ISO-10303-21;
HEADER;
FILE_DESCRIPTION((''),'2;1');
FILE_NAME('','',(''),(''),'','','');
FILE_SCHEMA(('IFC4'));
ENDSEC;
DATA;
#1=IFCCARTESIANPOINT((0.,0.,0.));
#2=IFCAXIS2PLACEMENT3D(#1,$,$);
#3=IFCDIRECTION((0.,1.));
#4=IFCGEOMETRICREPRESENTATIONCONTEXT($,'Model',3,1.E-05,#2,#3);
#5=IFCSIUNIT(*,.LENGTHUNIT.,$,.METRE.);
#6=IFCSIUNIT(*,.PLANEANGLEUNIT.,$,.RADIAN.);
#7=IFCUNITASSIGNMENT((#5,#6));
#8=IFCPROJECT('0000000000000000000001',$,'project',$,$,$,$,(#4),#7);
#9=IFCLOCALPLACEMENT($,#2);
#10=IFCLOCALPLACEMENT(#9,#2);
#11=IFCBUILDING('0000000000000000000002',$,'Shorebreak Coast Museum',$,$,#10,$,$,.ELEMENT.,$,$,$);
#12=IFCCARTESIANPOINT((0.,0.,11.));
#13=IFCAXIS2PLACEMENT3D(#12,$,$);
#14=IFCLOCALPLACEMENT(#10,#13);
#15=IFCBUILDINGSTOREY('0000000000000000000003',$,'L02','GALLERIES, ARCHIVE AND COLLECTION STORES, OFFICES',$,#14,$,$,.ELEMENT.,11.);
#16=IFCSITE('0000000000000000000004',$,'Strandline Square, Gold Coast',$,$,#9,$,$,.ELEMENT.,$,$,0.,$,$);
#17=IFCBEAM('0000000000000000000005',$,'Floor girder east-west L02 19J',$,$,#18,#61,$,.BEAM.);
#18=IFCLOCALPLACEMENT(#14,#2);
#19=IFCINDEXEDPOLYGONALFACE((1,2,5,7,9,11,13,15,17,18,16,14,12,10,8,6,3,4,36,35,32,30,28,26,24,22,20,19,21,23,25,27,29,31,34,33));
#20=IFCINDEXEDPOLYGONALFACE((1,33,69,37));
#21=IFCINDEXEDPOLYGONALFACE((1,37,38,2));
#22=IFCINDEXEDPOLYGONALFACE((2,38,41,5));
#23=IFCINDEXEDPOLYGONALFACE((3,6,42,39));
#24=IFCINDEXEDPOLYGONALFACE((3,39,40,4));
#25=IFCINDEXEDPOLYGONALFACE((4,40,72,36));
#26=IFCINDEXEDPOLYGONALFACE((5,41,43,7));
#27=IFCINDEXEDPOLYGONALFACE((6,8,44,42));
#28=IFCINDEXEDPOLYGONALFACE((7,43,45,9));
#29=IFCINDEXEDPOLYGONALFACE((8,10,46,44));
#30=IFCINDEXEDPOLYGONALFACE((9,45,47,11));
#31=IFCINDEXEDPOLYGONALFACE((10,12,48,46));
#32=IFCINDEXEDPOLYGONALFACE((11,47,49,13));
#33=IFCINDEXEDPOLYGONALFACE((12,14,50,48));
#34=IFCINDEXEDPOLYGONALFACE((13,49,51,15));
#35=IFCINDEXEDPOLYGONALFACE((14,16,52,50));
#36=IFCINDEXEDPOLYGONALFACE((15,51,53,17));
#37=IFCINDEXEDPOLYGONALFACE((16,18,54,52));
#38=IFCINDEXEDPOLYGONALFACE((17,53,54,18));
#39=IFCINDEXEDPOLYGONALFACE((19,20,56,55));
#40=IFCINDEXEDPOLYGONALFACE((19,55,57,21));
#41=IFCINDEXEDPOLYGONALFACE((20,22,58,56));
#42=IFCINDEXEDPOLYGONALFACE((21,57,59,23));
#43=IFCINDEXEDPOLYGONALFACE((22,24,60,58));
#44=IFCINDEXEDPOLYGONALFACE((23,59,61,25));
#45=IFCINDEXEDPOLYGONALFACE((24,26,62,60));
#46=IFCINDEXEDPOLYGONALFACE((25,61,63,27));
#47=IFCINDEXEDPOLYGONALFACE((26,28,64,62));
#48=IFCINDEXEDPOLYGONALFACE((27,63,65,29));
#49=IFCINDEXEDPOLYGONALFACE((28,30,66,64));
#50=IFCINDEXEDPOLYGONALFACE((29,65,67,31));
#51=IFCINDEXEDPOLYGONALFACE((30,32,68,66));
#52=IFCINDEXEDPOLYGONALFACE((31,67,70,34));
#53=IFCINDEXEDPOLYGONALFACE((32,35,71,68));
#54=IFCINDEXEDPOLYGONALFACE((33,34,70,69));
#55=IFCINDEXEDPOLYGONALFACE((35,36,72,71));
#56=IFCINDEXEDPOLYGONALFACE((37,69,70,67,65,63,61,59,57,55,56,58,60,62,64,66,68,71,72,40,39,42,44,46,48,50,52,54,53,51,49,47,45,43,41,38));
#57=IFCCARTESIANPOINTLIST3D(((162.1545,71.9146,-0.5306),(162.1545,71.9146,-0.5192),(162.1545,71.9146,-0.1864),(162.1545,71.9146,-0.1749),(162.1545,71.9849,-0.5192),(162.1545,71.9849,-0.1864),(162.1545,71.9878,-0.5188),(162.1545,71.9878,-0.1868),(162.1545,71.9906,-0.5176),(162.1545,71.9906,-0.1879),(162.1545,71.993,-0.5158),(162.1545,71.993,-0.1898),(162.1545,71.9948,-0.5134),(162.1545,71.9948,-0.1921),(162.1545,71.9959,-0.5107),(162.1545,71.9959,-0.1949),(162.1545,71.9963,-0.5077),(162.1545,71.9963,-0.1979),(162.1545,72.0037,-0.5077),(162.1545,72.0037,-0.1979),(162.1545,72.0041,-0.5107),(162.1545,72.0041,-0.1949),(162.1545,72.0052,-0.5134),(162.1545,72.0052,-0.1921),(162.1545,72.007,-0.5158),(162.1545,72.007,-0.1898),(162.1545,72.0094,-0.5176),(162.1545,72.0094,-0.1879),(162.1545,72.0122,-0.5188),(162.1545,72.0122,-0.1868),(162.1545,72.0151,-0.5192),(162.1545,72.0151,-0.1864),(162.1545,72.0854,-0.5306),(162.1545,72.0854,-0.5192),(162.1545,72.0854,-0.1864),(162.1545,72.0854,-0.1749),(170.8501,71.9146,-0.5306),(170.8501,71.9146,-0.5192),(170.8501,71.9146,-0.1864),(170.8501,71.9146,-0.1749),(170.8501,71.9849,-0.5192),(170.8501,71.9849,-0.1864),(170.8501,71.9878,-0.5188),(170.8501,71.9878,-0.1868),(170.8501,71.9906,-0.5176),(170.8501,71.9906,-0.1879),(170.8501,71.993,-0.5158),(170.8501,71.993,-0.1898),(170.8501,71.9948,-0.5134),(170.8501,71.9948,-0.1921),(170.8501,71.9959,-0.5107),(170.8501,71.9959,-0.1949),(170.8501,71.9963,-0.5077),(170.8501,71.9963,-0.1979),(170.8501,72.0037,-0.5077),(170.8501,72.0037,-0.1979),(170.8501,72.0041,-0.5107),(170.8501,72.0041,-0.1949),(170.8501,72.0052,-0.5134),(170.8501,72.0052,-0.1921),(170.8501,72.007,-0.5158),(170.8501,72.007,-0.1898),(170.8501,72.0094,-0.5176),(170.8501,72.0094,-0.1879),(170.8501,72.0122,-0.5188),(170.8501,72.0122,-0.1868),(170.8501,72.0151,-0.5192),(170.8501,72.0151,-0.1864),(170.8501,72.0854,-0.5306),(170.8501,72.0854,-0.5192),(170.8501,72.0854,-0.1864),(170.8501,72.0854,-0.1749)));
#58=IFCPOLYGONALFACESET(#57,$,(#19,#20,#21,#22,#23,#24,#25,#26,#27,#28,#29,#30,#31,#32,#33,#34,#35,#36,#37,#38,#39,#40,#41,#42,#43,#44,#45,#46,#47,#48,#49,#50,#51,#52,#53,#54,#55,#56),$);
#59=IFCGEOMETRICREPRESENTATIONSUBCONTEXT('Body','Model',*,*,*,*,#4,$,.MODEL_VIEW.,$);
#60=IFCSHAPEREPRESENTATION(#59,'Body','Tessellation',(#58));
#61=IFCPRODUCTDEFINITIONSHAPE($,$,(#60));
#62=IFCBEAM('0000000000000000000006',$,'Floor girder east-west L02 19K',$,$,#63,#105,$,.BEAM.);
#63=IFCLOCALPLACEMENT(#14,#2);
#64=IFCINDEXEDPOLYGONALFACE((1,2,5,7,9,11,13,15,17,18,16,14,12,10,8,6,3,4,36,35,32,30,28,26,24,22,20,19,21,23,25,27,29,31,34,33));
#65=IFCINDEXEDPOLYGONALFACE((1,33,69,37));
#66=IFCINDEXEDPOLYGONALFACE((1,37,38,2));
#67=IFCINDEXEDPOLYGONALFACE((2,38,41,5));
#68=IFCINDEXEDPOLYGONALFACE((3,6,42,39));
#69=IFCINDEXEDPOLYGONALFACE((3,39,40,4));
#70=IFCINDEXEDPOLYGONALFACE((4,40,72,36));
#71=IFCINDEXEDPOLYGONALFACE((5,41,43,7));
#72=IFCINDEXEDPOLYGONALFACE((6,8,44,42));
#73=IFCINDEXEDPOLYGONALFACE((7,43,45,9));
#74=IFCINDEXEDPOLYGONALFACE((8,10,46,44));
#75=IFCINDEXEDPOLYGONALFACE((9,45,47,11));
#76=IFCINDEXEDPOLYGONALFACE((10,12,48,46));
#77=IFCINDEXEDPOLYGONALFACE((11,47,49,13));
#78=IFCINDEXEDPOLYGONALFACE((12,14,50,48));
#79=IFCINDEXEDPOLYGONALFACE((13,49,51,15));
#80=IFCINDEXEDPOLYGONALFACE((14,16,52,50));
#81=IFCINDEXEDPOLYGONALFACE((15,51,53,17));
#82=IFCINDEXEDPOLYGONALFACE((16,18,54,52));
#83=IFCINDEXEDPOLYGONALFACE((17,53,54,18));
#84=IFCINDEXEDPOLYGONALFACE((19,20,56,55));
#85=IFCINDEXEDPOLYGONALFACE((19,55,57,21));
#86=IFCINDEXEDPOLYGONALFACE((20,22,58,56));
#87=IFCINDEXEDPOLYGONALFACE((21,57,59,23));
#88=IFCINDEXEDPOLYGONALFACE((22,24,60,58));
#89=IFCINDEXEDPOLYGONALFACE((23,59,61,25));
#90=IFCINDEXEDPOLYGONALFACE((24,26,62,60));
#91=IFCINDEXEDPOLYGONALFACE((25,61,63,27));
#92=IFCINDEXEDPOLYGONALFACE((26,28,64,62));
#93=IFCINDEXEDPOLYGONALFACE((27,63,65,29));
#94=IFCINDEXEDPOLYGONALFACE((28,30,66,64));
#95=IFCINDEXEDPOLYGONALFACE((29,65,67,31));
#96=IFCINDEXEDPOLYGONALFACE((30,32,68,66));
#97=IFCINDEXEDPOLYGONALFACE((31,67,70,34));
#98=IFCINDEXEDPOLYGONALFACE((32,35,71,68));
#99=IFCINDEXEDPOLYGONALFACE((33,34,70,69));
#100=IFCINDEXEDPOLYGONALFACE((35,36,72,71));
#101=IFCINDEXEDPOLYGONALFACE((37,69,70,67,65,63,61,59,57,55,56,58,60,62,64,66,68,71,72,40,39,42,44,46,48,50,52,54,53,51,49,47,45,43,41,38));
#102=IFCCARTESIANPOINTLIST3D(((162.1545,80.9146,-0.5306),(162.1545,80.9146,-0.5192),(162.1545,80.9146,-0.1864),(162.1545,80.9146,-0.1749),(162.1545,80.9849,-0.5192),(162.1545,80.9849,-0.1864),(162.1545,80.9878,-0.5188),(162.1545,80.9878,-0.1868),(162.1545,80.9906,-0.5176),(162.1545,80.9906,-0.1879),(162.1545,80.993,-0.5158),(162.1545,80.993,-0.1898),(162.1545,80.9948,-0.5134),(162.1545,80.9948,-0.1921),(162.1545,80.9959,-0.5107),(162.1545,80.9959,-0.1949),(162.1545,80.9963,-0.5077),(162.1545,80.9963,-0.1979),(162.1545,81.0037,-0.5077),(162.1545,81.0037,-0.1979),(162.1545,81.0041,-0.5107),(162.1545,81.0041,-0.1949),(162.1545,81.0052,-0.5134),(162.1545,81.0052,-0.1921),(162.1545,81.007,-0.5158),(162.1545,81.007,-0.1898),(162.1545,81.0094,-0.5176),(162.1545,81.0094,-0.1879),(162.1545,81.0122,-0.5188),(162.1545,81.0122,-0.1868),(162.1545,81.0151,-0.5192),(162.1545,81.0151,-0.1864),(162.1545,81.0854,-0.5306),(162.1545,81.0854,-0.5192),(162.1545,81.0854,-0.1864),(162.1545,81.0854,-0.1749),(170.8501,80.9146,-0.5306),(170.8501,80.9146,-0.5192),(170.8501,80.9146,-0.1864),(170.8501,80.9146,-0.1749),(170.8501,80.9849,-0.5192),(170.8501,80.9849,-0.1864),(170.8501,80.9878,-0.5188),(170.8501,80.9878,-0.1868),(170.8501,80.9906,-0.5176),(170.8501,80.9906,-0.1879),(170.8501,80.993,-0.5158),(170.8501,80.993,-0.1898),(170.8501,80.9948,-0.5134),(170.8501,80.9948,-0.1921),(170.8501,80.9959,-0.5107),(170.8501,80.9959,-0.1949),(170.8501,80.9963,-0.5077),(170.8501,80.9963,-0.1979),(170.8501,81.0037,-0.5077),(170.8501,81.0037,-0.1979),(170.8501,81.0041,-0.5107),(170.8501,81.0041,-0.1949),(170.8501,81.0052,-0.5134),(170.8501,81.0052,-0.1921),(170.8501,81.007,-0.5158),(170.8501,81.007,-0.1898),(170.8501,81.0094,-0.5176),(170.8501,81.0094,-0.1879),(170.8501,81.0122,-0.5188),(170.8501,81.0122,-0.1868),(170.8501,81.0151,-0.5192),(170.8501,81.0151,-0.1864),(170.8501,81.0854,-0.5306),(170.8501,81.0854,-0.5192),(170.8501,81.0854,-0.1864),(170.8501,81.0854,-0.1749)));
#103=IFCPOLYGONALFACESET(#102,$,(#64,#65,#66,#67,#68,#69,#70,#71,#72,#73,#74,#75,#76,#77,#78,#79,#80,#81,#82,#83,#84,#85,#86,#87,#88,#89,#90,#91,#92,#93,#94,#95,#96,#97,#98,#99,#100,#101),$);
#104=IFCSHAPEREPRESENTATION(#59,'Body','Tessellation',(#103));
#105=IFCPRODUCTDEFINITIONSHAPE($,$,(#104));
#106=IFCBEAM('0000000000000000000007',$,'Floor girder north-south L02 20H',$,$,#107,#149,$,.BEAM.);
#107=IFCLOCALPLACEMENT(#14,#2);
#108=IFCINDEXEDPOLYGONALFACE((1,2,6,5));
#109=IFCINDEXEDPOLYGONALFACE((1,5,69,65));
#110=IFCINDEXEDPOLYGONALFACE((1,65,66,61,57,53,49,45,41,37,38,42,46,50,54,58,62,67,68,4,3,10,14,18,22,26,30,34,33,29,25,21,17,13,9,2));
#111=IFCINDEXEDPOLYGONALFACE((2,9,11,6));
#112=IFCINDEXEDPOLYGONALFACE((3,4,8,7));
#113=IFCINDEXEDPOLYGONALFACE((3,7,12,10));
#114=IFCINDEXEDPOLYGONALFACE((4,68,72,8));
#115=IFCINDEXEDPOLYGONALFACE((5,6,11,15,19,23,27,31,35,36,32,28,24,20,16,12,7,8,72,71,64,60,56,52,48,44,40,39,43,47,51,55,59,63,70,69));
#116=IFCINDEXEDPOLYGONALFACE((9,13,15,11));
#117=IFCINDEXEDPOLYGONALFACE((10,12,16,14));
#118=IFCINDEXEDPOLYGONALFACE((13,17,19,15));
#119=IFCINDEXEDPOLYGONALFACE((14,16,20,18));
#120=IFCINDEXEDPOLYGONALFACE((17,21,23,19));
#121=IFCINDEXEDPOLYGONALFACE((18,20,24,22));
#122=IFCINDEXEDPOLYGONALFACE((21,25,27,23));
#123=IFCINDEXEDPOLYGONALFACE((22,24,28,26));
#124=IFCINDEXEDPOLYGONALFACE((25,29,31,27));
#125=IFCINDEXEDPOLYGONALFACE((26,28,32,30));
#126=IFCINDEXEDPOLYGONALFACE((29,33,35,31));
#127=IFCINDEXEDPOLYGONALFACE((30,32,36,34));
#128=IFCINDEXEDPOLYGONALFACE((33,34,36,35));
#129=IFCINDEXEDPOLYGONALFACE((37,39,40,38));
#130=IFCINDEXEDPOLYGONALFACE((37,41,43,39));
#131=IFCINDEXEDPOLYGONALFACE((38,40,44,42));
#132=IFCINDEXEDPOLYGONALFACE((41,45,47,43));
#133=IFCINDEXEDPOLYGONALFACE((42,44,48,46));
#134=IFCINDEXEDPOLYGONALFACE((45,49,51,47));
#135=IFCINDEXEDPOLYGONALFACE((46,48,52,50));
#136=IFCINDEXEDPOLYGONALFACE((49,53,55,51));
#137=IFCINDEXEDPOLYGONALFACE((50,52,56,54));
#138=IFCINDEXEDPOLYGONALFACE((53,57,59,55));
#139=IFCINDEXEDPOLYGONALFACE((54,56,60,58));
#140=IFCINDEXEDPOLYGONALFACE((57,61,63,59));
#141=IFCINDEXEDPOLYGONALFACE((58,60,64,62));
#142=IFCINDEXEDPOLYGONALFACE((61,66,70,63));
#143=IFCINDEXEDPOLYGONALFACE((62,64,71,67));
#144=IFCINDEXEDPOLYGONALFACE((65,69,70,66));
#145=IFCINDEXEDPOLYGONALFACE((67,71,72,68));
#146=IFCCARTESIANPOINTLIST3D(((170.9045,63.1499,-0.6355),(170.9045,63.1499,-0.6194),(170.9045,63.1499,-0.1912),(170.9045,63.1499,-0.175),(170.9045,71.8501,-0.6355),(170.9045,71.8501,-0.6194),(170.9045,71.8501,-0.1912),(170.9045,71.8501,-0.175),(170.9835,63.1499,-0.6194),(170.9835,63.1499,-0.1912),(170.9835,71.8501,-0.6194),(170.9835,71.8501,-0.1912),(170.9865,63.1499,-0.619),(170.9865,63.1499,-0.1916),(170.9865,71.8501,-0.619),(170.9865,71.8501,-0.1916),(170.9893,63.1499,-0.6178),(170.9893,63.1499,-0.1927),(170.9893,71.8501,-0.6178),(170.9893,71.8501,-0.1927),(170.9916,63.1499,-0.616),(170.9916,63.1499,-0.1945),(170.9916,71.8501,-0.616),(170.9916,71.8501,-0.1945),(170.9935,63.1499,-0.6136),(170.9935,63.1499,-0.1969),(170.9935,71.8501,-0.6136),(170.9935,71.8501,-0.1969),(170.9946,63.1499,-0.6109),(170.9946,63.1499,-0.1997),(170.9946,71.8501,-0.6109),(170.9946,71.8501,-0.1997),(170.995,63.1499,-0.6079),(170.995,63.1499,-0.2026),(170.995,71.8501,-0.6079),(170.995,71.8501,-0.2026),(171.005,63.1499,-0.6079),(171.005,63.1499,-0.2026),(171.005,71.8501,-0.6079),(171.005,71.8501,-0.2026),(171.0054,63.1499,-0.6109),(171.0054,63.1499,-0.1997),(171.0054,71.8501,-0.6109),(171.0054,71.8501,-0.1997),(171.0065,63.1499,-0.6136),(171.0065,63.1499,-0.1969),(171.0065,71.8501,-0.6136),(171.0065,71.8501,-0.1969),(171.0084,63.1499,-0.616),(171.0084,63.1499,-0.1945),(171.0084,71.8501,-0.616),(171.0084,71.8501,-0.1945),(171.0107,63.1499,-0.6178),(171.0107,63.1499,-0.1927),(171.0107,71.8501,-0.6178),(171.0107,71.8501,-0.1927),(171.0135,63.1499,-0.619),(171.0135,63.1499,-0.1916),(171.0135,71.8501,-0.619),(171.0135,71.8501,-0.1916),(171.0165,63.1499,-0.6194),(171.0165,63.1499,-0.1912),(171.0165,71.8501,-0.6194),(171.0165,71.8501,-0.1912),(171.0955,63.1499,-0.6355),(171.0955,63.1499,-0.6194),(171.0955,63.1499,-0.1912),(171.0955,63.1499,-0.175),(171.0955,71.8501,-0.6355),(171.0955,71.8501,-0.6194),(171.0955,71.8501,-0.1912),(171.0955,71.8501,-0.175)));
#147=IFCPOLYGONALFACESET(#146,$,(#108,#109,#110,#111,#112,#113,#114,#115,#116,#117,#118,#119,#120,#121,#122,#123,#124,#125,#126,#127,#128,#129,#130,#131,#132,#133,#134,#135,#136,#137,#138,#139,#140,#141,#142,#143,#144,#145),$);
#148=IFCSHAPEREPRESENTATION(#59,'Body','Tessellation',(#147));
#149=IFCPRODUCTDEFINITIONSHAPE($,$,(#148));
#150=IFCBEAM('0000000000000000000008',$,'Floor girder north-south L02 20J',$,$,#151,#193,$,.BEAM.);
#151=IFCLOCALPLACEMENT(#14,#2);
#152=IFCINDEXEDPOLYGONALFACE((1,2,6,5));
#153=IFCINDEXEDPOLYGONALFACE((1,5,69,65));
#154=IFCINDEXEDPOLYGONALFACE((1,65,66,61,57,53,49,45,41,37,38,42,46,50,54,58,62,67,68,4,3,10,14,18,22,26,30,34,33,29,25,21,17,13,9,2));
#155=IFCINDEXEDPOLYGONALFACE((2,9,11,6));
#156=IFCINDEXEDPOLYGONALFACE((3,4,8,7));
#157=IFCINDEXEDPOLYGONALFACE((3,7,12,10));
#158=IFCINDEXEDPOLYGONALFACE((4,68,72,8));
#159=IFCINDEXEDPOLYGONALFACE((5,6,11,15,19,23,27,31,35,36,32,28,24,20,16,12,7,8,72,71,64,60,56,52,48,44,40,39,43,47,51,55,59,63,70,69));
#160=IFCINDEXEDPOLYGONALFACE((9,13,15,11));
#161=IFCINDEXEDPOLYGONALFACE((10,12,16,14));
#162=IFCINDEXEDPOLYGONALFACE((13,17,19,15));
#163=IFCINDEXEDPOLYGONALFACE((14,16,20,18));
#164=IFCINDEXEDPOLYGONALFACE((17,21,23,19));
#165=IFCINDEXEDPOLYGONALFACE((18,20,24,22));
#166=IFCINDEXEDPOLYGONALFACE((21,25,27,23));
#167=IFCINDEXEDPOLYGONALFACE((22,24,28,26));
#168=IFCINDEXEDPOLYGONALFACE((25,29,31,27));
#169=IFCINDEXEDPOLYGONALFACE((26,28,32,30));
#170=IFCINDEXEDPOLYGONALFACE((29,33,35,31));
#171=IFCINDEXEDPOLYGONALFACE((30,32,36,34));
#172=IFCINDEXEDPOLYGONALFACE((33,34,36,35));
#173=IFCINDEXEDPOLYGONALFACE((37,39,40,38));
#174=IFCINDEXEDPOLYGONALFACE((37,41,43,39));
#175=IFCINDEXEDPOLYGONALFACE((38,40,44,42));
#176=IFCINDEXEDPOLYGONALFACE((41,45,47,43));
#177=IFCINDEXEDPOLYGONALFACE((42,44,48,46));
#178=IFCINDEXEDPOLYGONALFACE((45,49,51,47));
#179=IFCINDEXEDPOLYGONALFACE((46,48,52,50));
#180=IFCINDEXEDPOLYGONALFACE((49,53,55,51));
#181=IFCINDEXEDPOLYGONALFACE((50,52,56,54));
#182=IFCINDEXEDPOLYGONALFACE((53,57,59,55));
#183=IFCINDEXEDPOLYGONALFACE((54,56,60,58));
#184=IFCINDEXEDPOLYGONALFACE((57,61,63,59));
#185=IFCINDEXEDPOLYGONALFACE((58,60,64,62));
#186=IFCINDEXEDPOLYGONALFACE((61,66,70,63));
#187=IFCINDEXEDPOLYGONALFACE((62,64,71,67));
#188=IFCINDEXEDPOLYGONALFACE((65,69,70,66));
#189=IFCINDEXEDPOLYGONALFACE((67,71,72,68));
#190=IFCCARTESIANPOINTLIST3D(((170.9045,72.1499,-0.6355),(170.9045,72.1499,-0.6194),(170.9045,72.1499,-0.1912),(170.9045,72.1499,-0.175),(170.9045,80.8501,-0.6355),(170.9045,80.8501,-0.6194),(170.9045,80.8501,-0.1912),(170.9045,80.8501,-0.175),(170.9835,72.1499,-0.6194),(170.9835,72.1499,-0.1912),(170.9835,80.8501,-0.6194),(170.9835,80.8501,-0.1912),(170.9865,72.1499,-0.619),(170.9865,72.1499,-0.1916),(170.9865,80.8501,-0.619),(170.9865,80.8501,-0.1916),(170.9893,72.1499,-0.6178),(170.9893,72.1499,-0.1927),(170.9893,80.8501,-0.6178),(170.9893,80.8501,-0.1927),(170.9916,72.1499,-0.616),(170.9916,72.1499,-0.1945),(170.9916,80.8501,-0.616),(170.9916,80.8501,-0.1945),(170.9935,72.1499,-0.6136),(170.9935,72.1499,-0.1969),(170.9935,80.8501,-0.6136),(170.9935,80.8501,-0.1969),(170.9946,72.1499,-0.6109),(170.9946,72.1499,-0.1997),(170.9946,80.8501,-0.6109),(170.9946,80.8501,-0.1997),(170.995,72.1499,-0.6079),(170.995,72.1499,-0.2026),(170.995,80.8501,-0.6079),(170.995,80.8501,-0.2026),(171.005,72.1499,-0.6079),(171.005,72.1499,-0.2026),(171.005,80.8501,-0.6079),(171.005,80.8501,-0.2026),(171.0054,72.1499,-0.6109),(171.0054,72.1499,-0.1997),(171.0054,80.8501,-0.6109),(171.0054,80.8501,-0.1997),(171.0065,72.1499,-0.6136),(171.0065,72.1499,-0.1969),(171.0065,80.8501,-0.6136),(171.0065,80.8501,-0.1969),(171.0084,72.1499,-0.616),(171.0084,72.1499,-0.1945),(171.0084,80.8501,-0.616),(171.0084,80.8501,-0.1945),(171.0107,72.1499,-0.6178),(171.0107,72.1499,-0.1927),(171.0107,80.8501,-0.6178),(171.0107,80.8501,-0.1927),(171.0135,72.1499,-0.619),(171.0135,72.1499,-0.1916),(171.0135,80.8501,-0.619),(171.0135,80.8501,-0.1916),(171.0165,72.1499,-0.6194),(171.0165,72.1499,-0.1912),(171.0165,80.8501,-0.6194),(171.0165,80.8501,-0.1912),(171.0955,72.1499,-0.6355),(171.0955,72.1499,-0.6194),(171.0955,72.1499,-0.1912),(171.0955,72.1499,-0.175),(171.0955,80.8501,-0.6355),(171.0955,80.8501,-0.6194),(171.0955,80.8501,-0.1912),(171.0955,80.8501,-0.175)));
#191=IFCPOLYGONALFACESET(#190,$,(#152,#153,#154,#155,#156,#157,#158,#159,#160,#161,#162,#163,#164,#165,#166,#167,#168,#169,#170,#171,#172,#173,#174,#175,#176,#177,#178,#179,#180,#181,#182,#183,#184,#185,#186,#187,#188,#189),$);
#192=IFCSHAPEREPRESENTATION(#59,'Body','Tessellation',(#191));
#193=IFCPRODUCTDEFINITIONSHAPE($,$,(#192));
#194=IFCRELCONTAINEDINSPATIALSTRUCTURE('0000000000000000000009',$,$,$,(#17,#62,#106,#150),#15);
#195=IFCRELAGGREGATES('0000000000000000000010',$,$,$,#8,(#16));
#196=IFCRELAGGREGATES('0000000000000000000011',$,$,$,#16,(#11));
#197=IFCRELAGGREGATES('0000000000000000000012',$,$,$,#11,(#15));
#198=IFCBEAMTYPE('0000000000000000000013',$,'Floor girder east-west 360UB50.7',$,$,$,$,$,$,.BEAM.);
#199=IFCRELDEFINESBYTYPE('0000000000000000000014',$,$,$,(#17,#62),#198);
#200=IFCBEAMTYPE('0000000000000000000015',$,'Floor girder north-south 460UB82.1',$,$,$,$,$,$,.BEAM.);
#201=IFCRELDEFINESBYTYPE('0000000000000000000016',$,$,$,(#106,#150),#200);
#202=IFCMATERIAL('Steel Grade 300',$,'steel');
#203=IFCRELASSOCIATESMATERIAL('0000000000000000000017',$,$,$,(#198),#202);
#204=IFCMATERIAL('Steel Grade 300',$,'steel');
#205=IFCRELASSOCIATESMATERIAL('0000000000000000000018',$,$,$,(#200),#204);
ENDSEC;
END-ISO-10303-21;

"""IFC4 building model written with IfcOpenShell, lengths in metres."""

from ifc_helpers import new_model, si_unit, direction, frame, origin, origin_2d, place, context, subcontext, project, spatial, i_section, extrude, material, material_profile, profile_set, type_object, element, save


model = new_model("IFC4")

# Units and contexts
model_context = context("Model", 3, precision=1e-05, world=origin(), true_north=direction((0.0, 1.0)))
body_context = subcontext(model_context, "Body", "Model", "MODEL_VIEW")
ifc_project = project(units=[si_unit("LENGTHUNIT", "METRE"), si_unit("PLANEANGLEUNIT", "RADIAN")], contexts=[model_context])

# Site, building, storey
site_placement = place(None, origin())
site = spatial("IfcSite", under=ifc_project, at=site_placement, Name="Strandline Square, Gold Coast", CompositionType="ELEMENT", RefElevation=0.0)
building_placement = place(site_placement, origin())
building = spatial("IfcBuilding", under=site, at=building_placement, Name="Shorebreak Coast Museum", CompositionType="ELEMENT")
storey_placement = place(building_placement, frame((0.0, 0.0, 11.0)))
storey = spatial("IfcBuildingStorey", under=building, at=storey_placement, Name="L02", Description="GALLERIES, ARCHIVE AND COLLECTION STORES, OFFICES", CompositionType="ELEMENT", Elevation=11.0)

# Beams
ifc_material_1 = material(Name="Steel Grade 300", Category="steel")
ifc_material_profile_1 = material_profile(ifc_material_1, i_section(OverallWidth=0.1709, OverallDepth=0.3557, WebThickness=0.0073, FlangeThickness=0.0115, FilletRadius=0.0115, at=origin_2d()), Name="360UB50.7")
ifc_profile_set_1 = profile_set([ifc_material_profile_1], Name="Steel Grade 300")
beam_type_1 = type_object("IfcBeamType", Name="Floor girder east-west 360UB50.7", PredefinedType="BEAM", material=ifc_profile_set_1)
for number, where, z_axis, x_axis, name in (
    (1, (162.1545, 72.0, -0.3528), (1.0, 0.0, 0.0), (0.0, 1.0, 0.0), "Floor girder east-west L02 19J"),
    (2, (162.1545, 81.0, -0.3528), (1.0, 0.0, 0.0), (0.0, 1.0, 0.0), "Floor girder east-west L02 19K"),
):
    element("IfcBeam", number, at=place(storey_placement, frame(where, z_axis=z_axis, x_axis=x_axis)), inside=storey, type_object=beam_type_1, Name=name, PredefinedType="BEAM", context=body_context, shape_type="SweptSolid", body=[
        extrude(i_section(OverallWidth=0.1709, OverallDepth=0.3557, WebThickness=0.0073, FlangeThickness=0.0115, FilletRadius=0.0115, at=origin_2d()), origin(), (0.0, 0.0, 1.0), 8.6956),
    ])
ifc_material_2 = material(Name="Steel Grade 300", Category="steel")
ifc_material_profile_2 = material_profile(ifc_material_2, i_section(OverallWidth=0.1909, OverallDepth=0.4604, WebThickness=0.01, FlangeThickness=0.0161, FilletRadius=0.0115, at=origin_2d()), Name="460UB82.1")
ifc_profile_set_2 = profile_set([ifc_material_profile_2], Name="Steel Grade 300")
beam_type_2 = type_object("IfcBeamType", Name="Floor girder north-south 460UB82.1", PredefinedType="BEAM", material=ifc_profile_set_2)
for number, where, z_axis, x_axis, name in (
    (3, (171.0, 63.1499, -0.4053), (0.0, 1.0, 0.0), (-1.0, 0.0, 0.0), "Floor girder north-south L02 20H"),
    (4, (171.0, 72.1499, -0.4053), (0.0, 1.0, 0.0), (-1.0, 0.0, 0.0), "Floor girder north-south L02 20J"),
):
    element("IfcBeam", number, at=place(storey_placement, frame(where, z_axis=z_axis, x_axis=x_axis)), inside=storey, type_object=beam_type_2, Name=name, PredefinedType="BEAM", context=body_context, shape_type="SweptSolid", body=[
        extrude(i_section(OverallWidth=0.1909, OverallDepth=0.4604, WebThickness=0.01, FlangeThickness=0.0161, FilletRadius=0.0115, at=origin_2d()), origin(), (0.0, 0.0, 1.0), 8.7002),
    ])

save(model, "model.ifc")
